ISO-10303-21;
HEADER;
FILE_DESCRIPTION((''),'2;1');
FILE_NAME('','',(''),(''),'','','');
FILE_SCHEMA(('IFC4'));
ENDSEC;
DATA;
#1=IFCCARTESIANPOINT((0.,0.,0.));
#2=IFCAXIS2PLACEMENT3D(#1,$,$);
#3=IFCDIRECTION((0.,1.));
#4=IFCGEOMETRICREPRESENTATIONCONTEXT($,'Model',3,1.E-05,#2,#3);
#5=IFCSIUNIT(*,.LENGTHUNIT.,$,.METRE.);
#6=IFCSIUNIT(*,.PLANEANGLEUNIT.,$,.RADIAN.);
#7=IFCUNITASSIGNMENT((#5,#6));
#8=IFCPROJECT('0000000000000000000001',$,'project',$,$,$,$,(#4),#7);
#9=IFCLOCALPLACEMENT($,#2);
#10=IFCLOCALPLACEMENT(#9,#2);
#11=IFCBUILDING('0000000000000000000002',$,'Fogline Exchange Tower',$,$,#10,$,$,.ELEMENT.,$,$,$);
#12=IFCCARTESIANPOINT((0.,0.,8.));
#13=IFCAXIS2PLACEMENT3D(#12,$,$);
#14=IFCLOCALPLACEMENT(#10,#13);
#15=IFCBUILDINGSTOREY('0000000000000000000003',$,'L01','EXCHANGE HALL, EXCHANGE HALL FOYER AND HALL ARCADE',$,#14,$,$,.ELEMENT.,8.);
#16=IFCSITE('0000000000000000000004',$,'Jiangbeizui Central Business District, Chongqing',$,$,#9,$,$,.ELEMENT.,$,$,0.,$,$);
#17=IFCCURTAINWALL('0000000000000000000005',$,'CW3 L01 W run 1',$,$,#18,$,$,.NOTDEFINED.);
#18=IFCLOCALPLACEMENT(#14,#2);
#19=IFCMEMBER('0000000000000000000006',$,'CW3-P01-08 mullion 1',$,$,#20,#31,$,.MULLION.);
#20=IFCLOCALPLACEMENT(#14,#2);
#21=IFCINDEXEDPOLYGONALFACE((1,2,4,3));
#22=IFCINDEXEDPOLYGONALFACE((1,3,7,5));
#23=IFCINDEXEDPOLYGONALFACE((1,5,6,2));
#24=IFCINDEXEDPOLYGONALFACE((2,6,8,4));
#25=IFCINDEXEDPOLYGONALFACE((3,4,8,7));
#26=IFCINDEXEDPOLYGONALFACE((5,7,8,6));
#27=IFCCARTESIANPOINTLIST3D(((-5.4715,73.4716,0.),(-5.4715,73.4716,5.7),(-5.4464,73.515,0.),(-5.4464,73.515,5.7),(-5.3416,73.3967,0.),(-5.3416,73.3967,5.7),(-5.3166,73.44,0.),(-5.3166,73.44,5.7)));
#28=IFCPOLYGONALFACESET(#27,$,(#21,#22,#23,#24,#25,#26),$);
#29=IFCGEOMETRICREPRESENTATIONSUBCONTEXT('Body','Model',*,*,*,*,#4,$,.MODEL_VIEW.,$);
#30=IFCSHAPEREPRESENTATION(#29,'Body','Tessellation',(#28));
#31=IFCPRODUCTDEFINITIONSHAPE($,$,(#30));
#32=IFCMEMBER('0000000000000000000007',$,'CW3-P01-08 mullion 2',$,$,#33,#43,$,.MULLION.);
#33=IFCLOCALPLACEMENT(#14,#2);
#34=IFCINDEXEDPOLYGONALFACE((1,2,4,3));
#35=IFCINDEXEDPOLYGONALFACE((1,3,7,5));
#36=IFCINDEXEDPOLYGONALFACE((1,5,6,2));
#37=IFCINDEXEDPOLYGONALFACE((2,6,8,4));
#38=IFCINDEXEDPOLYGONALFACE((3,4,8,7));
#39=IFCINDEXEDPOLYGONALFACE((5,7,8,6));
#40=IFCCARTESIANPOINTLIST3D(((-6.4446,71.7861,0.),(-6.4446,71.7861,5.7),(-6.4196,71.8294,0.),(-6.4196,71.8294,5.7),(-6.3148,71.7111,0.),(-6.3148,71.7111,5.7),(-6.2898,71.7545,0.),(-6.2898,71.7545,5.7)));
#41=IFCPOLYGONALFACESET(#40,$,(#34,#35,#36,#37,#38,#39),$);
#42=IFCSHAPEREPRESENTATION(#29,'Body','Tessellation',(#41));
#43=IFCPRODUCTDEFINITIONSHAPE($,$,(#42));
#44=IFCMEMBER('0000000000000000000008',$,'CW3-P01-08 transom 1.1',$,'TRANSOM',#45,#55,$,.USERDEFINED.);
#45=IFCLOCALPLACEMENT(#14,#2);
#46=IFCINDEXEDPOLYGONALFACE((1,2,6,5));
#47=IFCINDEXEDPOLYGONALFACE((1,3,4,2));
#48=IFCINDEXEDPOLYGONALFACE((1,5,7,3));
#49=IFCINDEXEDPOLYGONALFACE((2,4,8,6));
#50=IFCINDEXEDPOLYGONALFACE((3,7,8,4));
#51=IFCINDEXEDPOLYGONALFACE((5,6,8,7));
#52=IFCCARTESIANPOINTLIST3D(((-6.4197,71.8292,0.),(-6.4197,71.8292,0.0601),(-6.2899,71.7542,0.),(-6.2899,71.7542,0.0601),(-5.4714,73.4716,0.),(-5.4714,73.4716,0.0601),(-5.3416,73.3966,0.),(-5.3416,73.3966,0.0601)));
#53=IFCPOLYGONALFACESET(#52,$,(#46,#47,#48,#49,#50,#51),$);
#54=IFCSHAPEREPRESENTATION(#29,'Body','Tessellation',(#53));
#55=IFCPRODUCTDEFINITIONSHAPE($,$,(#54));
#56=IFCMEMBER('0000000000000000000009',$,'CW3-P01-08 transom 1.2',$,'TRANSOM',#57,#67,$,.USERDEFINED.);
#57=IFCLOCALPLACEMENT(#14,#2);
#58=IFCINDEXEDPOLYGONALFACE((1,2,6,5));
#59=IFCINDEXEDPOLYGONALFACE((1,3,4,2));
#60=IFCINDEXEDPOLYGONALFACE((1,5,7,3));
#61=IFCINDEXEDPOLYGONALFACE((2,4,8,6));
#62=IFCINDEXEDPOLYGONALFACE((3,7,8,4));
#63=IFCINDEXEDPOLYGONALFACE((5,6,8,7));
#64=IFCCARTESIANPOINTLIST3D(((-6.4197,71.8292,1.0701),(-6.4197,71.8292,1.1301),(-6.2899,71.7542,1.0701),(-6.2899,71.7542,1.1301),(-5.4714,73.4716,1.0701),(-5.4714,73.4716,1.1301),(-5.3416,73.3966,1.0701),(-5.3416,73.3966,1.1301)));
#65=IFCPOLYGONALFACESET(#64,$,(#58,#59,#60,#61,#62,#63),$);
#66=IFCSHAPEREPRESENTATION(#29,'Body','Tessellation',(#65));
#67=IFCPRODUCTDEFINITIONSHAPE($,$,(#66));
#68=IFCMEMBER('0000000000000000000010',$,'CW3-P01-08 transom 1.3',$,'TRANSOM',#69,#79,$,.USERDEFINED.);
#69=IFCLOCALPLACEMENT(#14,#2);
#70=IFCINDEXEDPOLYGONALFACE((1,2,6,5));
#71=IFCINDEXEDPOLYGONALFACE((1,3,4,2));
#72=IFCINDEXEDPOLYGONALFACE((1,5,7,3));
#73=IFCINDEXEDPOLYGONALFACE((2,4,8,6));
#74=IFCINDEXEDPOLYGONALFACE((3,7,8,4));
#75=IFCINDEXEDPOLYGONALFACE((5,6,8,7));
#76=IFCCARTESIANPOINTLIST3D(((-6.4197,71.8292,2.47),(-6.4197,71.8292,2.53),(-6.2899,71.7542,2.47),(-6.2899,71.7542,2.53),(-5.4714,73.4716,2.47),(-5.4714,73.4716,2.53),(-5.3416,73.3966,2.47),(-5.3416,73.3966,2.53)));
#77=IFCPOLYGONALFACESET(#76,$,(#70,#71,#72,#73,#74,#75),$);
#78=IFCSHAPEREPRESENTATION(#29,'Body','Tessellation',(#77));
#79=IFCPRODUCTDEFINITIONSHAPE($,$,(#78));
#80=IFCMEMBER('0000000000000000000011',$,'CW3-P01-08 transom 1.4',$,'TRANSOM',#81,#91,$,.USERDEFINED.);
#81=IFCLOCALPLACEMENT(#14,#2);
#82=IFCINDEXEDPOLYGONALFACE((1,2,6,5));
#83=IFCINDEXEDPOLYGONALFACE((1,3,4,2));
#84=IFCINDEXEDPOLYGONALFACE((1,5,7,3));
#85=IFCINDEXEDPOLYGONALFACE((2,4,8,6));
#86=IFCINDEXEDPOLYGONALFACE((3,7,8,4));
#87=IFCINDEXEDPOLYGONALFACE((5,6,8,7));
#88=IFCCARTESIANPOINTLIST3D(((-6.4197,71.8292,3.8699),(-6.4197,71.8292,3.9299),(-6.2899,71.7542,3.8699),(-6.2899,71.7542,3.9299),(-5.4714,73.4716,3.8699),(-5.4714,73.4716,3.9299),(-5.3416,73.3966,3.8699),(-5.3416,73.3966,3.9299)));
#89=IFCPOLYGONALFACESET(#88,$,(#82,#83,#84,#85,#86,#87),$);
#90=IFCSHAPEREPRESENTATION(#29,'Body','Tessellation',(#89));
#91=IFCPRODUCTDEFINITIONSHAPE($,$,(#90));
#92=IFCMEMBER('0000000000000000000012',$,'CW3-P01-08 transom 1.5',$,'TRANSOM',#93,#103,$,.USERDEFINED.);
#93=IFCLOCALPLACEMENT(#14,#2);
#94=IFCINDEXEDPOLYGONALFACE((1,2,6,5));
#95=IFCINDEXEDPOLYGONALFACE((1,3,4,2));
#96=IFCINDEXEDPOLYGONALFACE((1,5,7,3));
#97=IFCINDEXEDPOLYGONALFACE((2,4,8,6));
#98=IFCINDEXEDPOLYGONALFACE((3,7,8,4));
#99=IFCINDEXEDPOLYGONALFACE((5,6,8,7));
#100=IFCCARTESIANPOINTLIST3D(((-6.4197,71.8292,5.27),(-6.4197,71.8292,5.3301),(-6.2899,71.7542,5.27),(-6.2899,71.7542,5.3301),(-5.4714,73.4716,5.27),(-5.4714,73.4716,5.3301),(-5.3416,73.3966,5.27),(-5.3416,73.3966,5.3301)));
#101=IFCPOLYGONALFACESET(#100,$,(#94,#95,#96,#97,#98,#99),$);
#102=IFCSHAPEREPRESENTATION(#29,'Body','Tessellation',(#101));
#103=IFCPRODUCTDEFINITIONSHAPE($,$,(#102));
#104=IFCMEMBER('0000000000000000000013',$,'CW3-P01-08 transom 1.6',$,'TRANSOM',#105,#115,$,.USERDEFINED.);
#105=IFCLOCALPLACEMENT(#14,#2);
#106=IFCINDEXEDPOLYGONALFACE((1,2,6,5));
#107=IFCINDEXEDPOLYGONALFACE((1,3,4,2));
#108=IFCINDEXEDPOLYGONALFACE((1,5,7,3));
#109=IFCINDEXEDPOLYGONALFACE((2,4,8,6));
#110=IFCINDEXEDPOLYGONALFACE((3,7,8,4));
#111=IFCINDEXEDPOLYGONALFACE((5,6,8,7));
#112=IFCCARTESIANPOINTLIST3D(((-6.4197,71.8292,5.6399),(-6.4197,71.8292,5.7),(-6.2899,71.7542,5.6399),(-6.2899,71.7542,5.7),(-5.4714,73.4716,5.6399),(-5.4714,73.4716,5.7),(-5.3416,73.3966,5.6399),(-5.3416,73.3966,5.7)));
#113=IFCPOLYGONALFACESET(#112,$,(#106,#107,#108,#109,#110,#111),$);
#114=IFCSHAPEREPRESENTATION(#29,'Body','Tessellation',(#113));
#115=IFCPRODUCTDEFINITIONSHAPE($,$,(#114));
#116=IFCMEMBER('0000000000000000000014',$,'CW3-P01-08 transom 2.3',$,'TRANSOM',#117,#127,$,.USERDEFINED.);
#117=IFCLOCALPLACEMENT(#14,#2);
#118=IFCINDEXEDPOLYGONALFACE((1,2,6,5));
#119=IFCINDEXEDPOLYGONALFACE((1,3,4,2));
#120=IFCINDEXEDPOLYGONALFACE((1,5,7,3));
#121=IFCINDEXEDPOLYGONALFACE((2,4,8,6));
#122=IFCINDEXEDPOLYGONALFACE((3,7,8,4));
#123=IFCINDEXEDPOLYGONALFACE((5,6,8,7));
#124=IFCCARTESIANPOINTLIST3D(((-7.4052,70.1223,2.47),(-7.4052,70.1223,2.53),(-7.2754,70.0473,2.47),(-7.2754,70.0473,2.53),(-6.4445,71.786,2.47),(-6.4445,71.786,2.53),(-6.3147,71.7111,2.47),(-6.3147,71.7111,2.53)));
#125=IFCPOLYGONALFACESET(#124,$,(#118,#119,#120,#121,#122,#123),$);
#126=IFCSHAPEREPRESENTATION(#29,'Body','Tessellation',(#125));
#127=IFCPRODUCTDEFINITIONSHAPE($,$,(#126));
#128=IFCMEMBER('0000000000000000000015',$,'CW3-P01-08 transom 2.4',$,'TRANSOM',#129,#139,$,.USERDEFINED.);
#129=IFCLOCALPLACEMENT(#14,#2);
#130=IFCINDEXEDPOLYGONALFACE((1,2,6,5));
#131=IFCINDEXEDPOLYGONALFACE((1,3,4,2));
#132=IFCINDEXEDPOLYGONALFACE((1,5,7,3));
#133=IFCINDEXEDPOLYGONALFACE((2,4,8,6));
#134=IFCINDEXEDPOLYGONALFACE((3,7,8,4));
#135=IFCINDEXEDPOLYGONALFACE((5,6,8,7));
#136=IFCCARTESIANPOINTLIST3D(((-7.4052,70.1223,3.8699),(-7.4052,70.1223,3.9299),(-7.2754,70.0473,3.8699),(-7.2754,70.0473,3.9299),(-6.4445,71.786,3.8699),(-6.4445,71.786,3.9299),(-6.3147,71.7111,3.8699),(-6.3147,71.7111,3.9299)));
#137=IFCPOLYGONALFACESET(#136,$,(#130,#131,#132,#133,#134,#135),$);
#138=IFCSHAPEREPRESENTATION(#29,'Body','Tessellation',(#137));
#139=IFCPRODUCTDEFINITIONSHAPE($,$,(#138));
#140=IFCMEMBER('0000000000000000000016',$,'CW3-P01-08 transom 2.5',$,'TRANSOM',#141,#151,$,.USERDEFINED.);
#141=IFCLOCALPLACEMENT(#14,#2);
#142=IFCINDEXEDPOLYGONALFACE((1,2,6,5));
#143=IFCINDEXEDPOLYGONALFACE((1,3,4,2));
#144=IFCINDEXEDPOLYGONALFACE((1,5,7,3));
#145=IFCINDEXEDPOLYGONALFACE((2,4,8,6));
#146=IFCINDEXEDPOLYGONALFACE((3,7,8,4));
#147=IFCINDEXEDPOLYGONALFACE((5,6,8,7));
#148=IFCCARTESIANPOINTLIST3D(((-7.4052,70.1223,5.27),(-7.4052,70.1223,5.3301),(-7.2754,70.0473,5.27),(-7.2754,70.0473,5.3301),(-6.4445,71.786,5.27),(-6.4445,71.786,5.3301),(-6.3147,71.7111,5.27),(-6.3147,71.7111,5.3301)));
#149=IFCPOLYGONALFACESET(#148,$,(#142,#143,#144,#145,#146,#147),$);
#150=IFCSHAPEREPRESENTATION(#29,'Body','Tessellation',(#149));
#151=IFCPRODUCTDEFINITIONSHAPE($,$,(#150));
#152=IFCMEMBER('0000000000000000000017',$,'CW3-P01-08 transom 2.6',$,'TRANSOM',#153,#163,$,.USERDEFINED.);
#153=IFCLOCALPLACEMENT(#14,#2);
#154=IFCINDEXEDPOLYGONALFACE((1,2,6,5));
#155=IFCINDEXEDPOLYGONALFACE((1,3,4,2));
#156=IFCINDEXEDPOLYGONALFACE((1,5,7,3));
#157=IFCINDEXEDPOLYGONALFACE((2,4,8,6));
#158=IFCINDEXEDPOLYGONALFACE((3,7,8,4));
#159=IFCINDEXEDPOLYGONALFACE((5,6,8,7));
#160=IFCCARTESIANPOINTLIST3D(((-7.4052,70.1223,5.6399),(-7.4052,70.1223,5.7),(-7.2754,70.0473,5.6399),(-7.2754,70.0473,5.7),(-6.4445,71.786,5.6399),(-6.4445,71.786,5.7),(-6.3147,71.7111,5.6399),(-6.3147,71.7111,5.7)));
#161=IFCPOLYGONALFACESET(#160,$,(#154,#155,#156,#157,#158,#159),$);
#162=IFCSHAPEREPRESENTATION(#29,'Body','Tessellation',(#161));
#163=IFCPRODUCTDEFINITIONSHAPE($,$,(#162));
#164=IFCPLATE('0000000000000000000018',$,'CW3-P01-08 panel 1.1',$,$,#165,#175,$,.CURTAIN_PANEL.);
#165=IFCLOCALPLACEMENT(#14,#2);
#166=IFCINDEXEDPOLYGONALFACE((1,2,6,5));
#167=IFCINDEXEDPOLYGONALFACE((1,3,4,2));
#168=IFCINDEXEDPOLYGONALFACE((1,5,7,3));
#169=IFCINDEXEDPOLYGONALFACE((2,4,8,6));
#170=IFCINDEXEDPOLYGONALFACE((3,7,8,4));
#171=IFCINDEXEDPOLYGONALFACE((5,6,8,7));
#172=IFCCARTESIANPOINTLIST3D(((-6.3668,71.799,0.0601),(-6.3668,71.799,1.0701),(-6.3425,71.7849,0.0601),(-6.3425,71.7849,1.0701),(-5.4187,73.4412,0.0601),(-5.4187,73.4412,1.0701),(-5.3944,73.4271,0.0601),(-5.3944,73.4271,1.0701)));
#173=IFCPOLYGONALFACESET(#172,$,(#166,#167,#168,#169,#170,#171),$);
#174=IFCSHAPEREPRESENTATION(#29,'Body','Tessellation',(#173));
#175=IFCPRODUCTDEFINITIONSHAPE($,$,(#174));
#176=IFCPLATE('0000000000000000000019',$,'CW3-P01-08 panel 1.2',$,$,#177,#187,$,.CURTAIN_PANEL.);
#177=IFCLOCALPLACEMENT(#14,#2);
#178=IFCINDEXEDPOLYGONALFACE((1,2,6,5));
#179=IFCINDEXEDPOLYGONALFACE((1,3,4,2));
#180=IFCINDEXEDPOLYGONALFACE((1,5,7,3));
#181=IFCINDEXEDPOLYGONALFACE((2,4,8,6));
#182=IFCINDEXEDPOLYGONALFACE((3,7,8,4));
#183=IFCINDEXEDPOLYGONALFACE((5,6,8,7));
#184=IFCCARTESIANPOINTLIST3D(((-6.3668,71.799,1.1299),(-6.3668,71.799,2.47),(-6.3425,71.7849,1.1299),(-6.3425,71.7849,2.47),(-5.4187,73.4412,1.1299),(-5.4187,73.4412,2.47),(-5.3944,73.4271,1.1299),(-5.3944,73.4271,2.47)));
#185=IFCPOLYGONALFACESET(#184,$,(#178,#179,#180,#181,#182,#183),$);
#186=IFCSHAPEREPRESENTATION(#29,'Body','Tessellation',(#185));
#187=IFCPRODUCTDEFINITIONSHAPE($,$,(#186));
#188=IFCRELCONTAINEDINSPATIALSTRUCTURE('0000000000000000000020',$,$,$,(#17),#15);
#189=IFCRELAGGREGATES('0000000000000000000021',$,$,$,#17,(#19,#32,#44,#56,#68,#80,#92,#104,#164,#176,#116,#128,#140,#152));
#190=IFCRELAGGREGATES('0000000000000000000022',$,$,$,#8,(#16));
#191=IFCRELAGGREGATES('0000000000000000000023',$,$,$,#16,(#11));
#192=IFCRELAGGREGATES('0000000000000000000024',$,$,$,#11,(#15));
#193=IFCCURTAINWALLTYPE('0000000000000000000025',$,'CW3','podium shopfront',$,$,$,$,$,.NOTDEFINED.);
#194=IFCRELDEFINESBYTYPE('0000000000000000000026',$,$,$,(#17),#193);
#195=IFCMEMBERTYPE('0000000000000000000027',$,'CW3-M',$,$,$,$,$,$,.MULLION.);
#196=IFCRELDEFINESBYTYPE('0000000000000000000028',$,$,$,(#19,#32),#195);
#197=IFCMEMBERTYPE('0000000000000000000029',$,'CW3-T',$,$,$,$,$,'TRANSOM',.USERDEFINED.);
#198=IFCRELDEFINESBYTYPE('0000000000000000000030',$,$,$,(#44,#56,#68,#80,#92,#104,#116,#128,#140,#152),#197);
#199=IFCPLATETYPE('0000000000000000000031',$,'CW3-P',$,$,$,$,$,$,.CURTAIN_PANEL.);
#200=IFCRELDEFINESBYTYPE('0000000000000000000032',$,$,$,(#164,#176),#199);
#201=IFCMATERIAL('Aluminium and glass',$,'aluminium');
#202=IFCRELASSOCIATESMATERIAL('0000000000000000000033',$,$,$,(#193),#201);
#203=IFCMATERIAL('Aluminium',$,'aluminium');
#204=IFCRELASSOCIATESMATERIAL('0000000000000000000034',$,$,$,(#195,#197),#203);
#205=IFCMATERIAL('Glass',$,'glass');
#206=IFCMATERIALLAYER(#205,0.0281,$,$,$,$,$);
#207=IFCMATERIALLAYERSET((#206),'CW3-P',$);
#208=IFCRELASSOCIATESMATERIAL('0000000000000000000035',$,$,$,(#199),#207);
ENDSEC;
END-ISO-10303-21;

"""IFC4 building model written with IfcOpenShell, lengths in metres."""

from ifc_helpers import new_model, si_unit, direction, frame, origin, origin_2d, place, context, subcontext, project, spatial, rectangle, extrude, material, layer, layer_set, material_profile, profile_set, type_object, element, aggregate, save


model = new_model("IFC4")

# Units and contexts
model_context = context("Model", 3, precision=1e-05, world=origin(), true_north=direction((0.0, 1.0)))
body_context = subcontext(model_context, "Body", "Model", "MODEL_VIEW")
ifc_project = project(units=[si_unit("LENGTHUNIT", "METRE"), si_unit("PLANEANGLEUNIT", "RADIAN")], contexts=[model_context])

# Site, building, storey
site_placement = place(None, origin())
site = spatial("IfcSite", under=ifc_project, at=site_placement, Name="Jiangbeizui Central Business District, Chongqing", CompositionType="ELEMENT", RefElevation=0.0)
building_placement = place(site_placement, origin())
building = spatial("IfcBuilding", under=site, at=building_placement, Name="Fogline Exchange Tower", CompositionType="ELEMENT")
storey_placement = place(building_placement, frame((0.0, 0.0, 8.0)))
storey = spatial("IfcBuildingStorey", under=building, at=storey_placement, Name="L01", Description="EXCHANGE HALL, EXCHANGE HALL FOYER AND HALL ARCADE", CompositionType="ELEMENT", Elevation=8.0)

# Curtain wall, members, plates
ifc_material_1 = material(Name="Aluminium and glass", Category="aluminium")
curtain_wall_type = type_object("IfcCurtainWallType", Name="CW3", Description="podium shopfront", PredefinedType="NOTDEFINED", material=ifc_material_1)
curtain_wall_placement = place(storey_placement, origin())
curtain_wall = element("IfcCurtainWall", 1, at=curtain_wall_placement, inside=storey, type_object=curtain_wall_type, Name="CW3 L01 W run 1", PredefinedType="NOTDEFINED")
ifc_material_2 = material(Name="Aluminium", Category="aluminium")
ifc_material_profile_1 = material_profile(ifc_material_2, rectangle(XDim=0.1499, YDim=0.05, at=origin_2d()), Name="Mullion 50x150")
ifc_profile_set_1 = profile_set([ifc_material_profile_1], Name="Aluminium")
member_type_1 = type_object("IfcMemberType", Name="CW3-M", PredefinedType="MULLION", material=ifc_profile_set_1)
member_1_placement = place(storey_placement, frame((-5.394, 73.4558, 0.0), z_axis=(0.0, 0.0, 1.0), x_axis=(0.866025, -0.5, 0.0)))
member_1 = element("IfcMember", 2, at=member_1_placement, type_object=member_type_1, Name="CW3-P01-08 mullion 1", PredefinedType="MULLION", context=body_context, shape_type="SweptSolid", body=[
    extrude(rectangle(XDim=0.1499, YDim=0.05, at=origin_2d()), origin(), (0.0, 0.0, 1.0), 5.7),
])
member_2_placement = place(storey_placement, frame((-6.3672, 71.7703, 0.0), z_axis=(0.0, 0.0, 1.0), x_axis=(0.866025, -0.5, 0.0)))
member_2 = element("IfcMember", 3, at=member_2_placement, type_object=member_type_1, Name="CW3-P01-08 mullion 2", PredefinedType="MULLION", context=body_context, shape_type="SweptSolid", body=[
    extrude(rectangle(XDim=0.1499, YDim=0.05, at=origin_2d()), origin(), (0.0, 0.0, 1.0), 5.7),
])
ifc_material_profile_2 = material_profile(ifc_material_2, rectangle(XDim=0.1499, YDim=0.0601, at=origin_2d()), Name="Transom 60x150")
ifc_profile_set_2 = profile_set([ifc_material_profile_2], Name="Aluminium")
member_type_2 = type_object("IfcMemberType", Name="CW3-T", ElementType="TRANSOM", PredefinedType="USERDEFINED", material=ifc_profile_set_2)
member_3_placement = place(storey_placement, frame((-5.4065, 73.4341, 0.03), z_axis=(-0.500016, -0.866016, 0.0), x_axis=(0.866016, -0.500016, 0.0)))
member_3 = element("IfcMember", 4, at=member_3_placement, type_object=member_type_2, Name="CW3-P01-08 transom 1.1", ObjectType="TRANSOM", PredefinedType="USERDEFINED", context=body_context, shape_type="SweptSolid", body=[
    extrude(rectangle(XDim=0.1499, YDim=0.0601, at=origin_2d()), origin(), (0.0, 0.0, 1.0), 1.8965),
])
member_4_placement = place(storey_placement, frame((-5.4065, 73.4341, 1.1001), z_axis=(-0.500016, -0.866016, 0.0), x_axis=(0.866016, -0.500016, 0.0)))
member_4 = element("IfcMember", 5, at=member_4_placement, type_object=member_type_2, Name="CW3-P01-08 transom 1.2", ObjectType="TRANSOM", PredefinedType="USERDEFINED", context=body_context, shape_type="SweptSolid", body=[
    extrude(rectangle(XDim=0.1499, YDim=0.0601, at=origin_2d()), origin(), (0.0, 0.0, 1.0), 1.8965),
])
member_5_placement = place(storey_placement, frame((-5.4065, 73.4341, 2.5), z_axis=(-0.500016, -0.866016, 0.0), x_axis=(0.866016, -0.500016, 0.0)))
member_5 = element("IfcMember", 6, at=member_5_placement, type_object=member_type_2, Name="CW3-P01-08 transom 1.3", ObjectType="TRANSOM", PredefinedType="USERDEFINED", context=body_context, shape_type="SweptSolid", body=[
    extrude(rectangle(XDim=0.1499, YDim=0.0601, at=origin_2d()), origin(), (0.0, 0.0, 1.0), 1.8965),
])
member_6_placement = place(storey_placement, frame((-5.4065, 73.4341, 3.8999), z_axis=(-0.500016, -0.866016, 0.0), x_axis=(0.866016, -0.500016, 0.0)))
member_6 = element("IfcMember", 7, at=member_6_placement, type_object=member_type_2, Name="CW3-P01-08 transom 1.4", ObjectType="TRANSOM", PredefinedType="USERDEFINED", context=body_context, shape_type="SweptSolid", body=[
    extrude(rectangle(XDim=0.1499, YDim=0.0601, at=origin_2d()), origin(), (0.0, 0.0, 1.0), 1.8965),
])
member_7_placement = place(storey_placement, frame((-5.4065, 73.4341, 5.3), z_axis=(-0.500016, -0.866016, 0.0), x_axis=(0.866016, -0.500016, 0.0)))
member_7 = element("IfcMember", 8, at=member_7_placement, type_object=member_type_2, Name="CW3-P01-08 transom 1.5", ObjectType="TRANSOM", PredefinedType="USERDEFINED", context=body_context, shape_type="SweptSolid", body=[
    extrude(rectangle(XDim=0.1499, YDim=0.0601, at=origin_2d()), origin(), (0.0, 0.0, 1.0), 1.8965),
])
member_8_placement = place(storey_placement, frame((-5.4065, 73.4341, 5.6699), z_axis=(-0.500016, -0.866016, 0.0), x_axis=(0.866016, -0.500016, 0.0)))
member_8 = element("IfcMember", 9, at=member_8_placement, type_object=member_type_2, Name="CW3-P01-08 transom 1.6", ObjectType="TRANSOM", PredefinedType="USERDEFINED", context=body_context, shape_type="SweptSolid", body=[
    extrude(rectangle(XDim=0.1499, YDim=0.0601, at=origin_2d()), origin(), (0.0, 0.0, 1.0), 1.8965),
])
member_9_placement = place(storey_placement, frame((-6.3796, 71.7485, 2.5), z_axis=(-0.500034, -0.866006, 0.0), x_axis=(0.866006, -0.500034, 0.0)))
member_9 = element("IfcMember", 10, at=member_9_placement, type_object=member_type_2, Name="CW3-P01-08 transom 2.3", ObjectType="TRANSOM", PredefinedType="USERDEFINED", context=body_context, shape_type="SweptSolid", body=[
    extrude(rectangle(XDim=0.1499, YDim=0.0601, at=origin_2d()), origin(), (0.0, 0.0, 1.0), 1.9211),
])
member_10_placement = place(storey_placement, frame((-6.3796, 71.7485, 3.8999), z_axis=(-0.500034, -0.866006, 0.0), x_axis=(0.866006, -0.500034, 0.0)))
member_10 = element("IfcMember", 11, at=member_10_placement, type_object=member_type_2, Name="CW3-P01-08 transom 2.4", ObjectType="TRANSOM", PredefinedType="USERDEFINED", context=body_context, shape_type="SweptSolid", body=[
    extrude(rectangle(XDim=0.1499, YDim=0.0601, at=origin_2d()), origin(), (0.0, 0.0, 1.0), 1.9211),
])
member_11_placement = place(storey_placement, frame((-6.3796, 71.7485, 5.3), z_axis=(-0.500034, -0.866006, 0.0), x_axis=(0.866006, -0.500034, 0.0)))
member_11 = element("IfcMember", 12, at=member_11_placement, type_object=member_type_2, Name="CW3-P01-08 transom 2.5", ObjectType="TRANSOM", PredefinedType="USERDEFINED", context=body_context, shape_type="SweptSolid", body=[
    extrude(rectangle(XDim=0.1499, YDim=0.0601, at=origin_2d()), origin(), (0.0, 0.0, 1.0), 1.9211),
])
member_12_placement = place(storey_placement, frame((-6.3796, 71.7485, 5.6699), z_axis=(-0.500034, -0.866006, 0.0), x_axis=(0.866006, -0.500034, 0.0)))
member_12 = element("IfcMember", 13, at=member_12_placement, type_object=member_type_2, Name="CW3-P01-08 transom 2.6", ObjectType="TRANSOM", PredefinedType="USERDEFINED", context=body_context, shape_type="SweptSolid", body=[
    extrude(rectangle(XDim=0.1499, YDim=0.0601, at=origin_2d()), origin(), (0.0, 0.0, 1.0), 1.9211),
])
ifc_material_3 = material(Name="Glass", Category="glass")
ifc_layer_1 = layer(ifc_material_3, 0.0281)
ifc_layer_set_1 = layer_set([ifc_layer_1], Name="CW3-P")
plate_type = type_object("IfcPlateType", Name="CW3-P", PredefinedType="CURTAIN_PANEL", material=ifc_layer_set_1)
plate_1_placement = place(storey_placement, frame((-5.8806, 72.613, 0.0601), z_axis=(0.0, 0.0, 1.0), x_axis=(-0.5, -0.866025, 0.0)))
plate_1 = element("IfcPlate", 14, at=plate_1_placement, type_object=plate_type, Name="CW3-P01-08 panel 1.1", PredefinedType="CURTAIN_PANEL", context=body_context, shape_type="SweptSolid", body=[
    extrude(rectangle(XDim=1.8962, YDim=0.0281, at=origin_2d()), origin(), (0.0, 0.0, 1.0), 1.01),
])
plate_2_placement = place(storey_placement, frame((-5.8806, 72.613, 1.1299), z_axis=(0.0, 0.0, 1.0), x_axis=(-0.5, -0.866025, 0.0)))
plate_2 = element("IfcPlate", 15, at=plate_2_placement, type_object=plate_type, Name="CW3-P01-08 panel 1.2", PredefinedType="CURTAIN_PANEL", context=body_context, shape_type="SweptSolid", body=[
    extrude(rectangle(XDim=1.8962, YDim=0.0281, at=origin_2d()), origin(), (0.0, 0.0, 1.0), 1.3401),
])
aggregate(curtain_wall, [member_1, member_2, member_3, member_4, member_5, member_6, member_7, member_8, plate_1, plate_2, member_9, member_10, member_11, member_12])

save(model, "model.ifc")
